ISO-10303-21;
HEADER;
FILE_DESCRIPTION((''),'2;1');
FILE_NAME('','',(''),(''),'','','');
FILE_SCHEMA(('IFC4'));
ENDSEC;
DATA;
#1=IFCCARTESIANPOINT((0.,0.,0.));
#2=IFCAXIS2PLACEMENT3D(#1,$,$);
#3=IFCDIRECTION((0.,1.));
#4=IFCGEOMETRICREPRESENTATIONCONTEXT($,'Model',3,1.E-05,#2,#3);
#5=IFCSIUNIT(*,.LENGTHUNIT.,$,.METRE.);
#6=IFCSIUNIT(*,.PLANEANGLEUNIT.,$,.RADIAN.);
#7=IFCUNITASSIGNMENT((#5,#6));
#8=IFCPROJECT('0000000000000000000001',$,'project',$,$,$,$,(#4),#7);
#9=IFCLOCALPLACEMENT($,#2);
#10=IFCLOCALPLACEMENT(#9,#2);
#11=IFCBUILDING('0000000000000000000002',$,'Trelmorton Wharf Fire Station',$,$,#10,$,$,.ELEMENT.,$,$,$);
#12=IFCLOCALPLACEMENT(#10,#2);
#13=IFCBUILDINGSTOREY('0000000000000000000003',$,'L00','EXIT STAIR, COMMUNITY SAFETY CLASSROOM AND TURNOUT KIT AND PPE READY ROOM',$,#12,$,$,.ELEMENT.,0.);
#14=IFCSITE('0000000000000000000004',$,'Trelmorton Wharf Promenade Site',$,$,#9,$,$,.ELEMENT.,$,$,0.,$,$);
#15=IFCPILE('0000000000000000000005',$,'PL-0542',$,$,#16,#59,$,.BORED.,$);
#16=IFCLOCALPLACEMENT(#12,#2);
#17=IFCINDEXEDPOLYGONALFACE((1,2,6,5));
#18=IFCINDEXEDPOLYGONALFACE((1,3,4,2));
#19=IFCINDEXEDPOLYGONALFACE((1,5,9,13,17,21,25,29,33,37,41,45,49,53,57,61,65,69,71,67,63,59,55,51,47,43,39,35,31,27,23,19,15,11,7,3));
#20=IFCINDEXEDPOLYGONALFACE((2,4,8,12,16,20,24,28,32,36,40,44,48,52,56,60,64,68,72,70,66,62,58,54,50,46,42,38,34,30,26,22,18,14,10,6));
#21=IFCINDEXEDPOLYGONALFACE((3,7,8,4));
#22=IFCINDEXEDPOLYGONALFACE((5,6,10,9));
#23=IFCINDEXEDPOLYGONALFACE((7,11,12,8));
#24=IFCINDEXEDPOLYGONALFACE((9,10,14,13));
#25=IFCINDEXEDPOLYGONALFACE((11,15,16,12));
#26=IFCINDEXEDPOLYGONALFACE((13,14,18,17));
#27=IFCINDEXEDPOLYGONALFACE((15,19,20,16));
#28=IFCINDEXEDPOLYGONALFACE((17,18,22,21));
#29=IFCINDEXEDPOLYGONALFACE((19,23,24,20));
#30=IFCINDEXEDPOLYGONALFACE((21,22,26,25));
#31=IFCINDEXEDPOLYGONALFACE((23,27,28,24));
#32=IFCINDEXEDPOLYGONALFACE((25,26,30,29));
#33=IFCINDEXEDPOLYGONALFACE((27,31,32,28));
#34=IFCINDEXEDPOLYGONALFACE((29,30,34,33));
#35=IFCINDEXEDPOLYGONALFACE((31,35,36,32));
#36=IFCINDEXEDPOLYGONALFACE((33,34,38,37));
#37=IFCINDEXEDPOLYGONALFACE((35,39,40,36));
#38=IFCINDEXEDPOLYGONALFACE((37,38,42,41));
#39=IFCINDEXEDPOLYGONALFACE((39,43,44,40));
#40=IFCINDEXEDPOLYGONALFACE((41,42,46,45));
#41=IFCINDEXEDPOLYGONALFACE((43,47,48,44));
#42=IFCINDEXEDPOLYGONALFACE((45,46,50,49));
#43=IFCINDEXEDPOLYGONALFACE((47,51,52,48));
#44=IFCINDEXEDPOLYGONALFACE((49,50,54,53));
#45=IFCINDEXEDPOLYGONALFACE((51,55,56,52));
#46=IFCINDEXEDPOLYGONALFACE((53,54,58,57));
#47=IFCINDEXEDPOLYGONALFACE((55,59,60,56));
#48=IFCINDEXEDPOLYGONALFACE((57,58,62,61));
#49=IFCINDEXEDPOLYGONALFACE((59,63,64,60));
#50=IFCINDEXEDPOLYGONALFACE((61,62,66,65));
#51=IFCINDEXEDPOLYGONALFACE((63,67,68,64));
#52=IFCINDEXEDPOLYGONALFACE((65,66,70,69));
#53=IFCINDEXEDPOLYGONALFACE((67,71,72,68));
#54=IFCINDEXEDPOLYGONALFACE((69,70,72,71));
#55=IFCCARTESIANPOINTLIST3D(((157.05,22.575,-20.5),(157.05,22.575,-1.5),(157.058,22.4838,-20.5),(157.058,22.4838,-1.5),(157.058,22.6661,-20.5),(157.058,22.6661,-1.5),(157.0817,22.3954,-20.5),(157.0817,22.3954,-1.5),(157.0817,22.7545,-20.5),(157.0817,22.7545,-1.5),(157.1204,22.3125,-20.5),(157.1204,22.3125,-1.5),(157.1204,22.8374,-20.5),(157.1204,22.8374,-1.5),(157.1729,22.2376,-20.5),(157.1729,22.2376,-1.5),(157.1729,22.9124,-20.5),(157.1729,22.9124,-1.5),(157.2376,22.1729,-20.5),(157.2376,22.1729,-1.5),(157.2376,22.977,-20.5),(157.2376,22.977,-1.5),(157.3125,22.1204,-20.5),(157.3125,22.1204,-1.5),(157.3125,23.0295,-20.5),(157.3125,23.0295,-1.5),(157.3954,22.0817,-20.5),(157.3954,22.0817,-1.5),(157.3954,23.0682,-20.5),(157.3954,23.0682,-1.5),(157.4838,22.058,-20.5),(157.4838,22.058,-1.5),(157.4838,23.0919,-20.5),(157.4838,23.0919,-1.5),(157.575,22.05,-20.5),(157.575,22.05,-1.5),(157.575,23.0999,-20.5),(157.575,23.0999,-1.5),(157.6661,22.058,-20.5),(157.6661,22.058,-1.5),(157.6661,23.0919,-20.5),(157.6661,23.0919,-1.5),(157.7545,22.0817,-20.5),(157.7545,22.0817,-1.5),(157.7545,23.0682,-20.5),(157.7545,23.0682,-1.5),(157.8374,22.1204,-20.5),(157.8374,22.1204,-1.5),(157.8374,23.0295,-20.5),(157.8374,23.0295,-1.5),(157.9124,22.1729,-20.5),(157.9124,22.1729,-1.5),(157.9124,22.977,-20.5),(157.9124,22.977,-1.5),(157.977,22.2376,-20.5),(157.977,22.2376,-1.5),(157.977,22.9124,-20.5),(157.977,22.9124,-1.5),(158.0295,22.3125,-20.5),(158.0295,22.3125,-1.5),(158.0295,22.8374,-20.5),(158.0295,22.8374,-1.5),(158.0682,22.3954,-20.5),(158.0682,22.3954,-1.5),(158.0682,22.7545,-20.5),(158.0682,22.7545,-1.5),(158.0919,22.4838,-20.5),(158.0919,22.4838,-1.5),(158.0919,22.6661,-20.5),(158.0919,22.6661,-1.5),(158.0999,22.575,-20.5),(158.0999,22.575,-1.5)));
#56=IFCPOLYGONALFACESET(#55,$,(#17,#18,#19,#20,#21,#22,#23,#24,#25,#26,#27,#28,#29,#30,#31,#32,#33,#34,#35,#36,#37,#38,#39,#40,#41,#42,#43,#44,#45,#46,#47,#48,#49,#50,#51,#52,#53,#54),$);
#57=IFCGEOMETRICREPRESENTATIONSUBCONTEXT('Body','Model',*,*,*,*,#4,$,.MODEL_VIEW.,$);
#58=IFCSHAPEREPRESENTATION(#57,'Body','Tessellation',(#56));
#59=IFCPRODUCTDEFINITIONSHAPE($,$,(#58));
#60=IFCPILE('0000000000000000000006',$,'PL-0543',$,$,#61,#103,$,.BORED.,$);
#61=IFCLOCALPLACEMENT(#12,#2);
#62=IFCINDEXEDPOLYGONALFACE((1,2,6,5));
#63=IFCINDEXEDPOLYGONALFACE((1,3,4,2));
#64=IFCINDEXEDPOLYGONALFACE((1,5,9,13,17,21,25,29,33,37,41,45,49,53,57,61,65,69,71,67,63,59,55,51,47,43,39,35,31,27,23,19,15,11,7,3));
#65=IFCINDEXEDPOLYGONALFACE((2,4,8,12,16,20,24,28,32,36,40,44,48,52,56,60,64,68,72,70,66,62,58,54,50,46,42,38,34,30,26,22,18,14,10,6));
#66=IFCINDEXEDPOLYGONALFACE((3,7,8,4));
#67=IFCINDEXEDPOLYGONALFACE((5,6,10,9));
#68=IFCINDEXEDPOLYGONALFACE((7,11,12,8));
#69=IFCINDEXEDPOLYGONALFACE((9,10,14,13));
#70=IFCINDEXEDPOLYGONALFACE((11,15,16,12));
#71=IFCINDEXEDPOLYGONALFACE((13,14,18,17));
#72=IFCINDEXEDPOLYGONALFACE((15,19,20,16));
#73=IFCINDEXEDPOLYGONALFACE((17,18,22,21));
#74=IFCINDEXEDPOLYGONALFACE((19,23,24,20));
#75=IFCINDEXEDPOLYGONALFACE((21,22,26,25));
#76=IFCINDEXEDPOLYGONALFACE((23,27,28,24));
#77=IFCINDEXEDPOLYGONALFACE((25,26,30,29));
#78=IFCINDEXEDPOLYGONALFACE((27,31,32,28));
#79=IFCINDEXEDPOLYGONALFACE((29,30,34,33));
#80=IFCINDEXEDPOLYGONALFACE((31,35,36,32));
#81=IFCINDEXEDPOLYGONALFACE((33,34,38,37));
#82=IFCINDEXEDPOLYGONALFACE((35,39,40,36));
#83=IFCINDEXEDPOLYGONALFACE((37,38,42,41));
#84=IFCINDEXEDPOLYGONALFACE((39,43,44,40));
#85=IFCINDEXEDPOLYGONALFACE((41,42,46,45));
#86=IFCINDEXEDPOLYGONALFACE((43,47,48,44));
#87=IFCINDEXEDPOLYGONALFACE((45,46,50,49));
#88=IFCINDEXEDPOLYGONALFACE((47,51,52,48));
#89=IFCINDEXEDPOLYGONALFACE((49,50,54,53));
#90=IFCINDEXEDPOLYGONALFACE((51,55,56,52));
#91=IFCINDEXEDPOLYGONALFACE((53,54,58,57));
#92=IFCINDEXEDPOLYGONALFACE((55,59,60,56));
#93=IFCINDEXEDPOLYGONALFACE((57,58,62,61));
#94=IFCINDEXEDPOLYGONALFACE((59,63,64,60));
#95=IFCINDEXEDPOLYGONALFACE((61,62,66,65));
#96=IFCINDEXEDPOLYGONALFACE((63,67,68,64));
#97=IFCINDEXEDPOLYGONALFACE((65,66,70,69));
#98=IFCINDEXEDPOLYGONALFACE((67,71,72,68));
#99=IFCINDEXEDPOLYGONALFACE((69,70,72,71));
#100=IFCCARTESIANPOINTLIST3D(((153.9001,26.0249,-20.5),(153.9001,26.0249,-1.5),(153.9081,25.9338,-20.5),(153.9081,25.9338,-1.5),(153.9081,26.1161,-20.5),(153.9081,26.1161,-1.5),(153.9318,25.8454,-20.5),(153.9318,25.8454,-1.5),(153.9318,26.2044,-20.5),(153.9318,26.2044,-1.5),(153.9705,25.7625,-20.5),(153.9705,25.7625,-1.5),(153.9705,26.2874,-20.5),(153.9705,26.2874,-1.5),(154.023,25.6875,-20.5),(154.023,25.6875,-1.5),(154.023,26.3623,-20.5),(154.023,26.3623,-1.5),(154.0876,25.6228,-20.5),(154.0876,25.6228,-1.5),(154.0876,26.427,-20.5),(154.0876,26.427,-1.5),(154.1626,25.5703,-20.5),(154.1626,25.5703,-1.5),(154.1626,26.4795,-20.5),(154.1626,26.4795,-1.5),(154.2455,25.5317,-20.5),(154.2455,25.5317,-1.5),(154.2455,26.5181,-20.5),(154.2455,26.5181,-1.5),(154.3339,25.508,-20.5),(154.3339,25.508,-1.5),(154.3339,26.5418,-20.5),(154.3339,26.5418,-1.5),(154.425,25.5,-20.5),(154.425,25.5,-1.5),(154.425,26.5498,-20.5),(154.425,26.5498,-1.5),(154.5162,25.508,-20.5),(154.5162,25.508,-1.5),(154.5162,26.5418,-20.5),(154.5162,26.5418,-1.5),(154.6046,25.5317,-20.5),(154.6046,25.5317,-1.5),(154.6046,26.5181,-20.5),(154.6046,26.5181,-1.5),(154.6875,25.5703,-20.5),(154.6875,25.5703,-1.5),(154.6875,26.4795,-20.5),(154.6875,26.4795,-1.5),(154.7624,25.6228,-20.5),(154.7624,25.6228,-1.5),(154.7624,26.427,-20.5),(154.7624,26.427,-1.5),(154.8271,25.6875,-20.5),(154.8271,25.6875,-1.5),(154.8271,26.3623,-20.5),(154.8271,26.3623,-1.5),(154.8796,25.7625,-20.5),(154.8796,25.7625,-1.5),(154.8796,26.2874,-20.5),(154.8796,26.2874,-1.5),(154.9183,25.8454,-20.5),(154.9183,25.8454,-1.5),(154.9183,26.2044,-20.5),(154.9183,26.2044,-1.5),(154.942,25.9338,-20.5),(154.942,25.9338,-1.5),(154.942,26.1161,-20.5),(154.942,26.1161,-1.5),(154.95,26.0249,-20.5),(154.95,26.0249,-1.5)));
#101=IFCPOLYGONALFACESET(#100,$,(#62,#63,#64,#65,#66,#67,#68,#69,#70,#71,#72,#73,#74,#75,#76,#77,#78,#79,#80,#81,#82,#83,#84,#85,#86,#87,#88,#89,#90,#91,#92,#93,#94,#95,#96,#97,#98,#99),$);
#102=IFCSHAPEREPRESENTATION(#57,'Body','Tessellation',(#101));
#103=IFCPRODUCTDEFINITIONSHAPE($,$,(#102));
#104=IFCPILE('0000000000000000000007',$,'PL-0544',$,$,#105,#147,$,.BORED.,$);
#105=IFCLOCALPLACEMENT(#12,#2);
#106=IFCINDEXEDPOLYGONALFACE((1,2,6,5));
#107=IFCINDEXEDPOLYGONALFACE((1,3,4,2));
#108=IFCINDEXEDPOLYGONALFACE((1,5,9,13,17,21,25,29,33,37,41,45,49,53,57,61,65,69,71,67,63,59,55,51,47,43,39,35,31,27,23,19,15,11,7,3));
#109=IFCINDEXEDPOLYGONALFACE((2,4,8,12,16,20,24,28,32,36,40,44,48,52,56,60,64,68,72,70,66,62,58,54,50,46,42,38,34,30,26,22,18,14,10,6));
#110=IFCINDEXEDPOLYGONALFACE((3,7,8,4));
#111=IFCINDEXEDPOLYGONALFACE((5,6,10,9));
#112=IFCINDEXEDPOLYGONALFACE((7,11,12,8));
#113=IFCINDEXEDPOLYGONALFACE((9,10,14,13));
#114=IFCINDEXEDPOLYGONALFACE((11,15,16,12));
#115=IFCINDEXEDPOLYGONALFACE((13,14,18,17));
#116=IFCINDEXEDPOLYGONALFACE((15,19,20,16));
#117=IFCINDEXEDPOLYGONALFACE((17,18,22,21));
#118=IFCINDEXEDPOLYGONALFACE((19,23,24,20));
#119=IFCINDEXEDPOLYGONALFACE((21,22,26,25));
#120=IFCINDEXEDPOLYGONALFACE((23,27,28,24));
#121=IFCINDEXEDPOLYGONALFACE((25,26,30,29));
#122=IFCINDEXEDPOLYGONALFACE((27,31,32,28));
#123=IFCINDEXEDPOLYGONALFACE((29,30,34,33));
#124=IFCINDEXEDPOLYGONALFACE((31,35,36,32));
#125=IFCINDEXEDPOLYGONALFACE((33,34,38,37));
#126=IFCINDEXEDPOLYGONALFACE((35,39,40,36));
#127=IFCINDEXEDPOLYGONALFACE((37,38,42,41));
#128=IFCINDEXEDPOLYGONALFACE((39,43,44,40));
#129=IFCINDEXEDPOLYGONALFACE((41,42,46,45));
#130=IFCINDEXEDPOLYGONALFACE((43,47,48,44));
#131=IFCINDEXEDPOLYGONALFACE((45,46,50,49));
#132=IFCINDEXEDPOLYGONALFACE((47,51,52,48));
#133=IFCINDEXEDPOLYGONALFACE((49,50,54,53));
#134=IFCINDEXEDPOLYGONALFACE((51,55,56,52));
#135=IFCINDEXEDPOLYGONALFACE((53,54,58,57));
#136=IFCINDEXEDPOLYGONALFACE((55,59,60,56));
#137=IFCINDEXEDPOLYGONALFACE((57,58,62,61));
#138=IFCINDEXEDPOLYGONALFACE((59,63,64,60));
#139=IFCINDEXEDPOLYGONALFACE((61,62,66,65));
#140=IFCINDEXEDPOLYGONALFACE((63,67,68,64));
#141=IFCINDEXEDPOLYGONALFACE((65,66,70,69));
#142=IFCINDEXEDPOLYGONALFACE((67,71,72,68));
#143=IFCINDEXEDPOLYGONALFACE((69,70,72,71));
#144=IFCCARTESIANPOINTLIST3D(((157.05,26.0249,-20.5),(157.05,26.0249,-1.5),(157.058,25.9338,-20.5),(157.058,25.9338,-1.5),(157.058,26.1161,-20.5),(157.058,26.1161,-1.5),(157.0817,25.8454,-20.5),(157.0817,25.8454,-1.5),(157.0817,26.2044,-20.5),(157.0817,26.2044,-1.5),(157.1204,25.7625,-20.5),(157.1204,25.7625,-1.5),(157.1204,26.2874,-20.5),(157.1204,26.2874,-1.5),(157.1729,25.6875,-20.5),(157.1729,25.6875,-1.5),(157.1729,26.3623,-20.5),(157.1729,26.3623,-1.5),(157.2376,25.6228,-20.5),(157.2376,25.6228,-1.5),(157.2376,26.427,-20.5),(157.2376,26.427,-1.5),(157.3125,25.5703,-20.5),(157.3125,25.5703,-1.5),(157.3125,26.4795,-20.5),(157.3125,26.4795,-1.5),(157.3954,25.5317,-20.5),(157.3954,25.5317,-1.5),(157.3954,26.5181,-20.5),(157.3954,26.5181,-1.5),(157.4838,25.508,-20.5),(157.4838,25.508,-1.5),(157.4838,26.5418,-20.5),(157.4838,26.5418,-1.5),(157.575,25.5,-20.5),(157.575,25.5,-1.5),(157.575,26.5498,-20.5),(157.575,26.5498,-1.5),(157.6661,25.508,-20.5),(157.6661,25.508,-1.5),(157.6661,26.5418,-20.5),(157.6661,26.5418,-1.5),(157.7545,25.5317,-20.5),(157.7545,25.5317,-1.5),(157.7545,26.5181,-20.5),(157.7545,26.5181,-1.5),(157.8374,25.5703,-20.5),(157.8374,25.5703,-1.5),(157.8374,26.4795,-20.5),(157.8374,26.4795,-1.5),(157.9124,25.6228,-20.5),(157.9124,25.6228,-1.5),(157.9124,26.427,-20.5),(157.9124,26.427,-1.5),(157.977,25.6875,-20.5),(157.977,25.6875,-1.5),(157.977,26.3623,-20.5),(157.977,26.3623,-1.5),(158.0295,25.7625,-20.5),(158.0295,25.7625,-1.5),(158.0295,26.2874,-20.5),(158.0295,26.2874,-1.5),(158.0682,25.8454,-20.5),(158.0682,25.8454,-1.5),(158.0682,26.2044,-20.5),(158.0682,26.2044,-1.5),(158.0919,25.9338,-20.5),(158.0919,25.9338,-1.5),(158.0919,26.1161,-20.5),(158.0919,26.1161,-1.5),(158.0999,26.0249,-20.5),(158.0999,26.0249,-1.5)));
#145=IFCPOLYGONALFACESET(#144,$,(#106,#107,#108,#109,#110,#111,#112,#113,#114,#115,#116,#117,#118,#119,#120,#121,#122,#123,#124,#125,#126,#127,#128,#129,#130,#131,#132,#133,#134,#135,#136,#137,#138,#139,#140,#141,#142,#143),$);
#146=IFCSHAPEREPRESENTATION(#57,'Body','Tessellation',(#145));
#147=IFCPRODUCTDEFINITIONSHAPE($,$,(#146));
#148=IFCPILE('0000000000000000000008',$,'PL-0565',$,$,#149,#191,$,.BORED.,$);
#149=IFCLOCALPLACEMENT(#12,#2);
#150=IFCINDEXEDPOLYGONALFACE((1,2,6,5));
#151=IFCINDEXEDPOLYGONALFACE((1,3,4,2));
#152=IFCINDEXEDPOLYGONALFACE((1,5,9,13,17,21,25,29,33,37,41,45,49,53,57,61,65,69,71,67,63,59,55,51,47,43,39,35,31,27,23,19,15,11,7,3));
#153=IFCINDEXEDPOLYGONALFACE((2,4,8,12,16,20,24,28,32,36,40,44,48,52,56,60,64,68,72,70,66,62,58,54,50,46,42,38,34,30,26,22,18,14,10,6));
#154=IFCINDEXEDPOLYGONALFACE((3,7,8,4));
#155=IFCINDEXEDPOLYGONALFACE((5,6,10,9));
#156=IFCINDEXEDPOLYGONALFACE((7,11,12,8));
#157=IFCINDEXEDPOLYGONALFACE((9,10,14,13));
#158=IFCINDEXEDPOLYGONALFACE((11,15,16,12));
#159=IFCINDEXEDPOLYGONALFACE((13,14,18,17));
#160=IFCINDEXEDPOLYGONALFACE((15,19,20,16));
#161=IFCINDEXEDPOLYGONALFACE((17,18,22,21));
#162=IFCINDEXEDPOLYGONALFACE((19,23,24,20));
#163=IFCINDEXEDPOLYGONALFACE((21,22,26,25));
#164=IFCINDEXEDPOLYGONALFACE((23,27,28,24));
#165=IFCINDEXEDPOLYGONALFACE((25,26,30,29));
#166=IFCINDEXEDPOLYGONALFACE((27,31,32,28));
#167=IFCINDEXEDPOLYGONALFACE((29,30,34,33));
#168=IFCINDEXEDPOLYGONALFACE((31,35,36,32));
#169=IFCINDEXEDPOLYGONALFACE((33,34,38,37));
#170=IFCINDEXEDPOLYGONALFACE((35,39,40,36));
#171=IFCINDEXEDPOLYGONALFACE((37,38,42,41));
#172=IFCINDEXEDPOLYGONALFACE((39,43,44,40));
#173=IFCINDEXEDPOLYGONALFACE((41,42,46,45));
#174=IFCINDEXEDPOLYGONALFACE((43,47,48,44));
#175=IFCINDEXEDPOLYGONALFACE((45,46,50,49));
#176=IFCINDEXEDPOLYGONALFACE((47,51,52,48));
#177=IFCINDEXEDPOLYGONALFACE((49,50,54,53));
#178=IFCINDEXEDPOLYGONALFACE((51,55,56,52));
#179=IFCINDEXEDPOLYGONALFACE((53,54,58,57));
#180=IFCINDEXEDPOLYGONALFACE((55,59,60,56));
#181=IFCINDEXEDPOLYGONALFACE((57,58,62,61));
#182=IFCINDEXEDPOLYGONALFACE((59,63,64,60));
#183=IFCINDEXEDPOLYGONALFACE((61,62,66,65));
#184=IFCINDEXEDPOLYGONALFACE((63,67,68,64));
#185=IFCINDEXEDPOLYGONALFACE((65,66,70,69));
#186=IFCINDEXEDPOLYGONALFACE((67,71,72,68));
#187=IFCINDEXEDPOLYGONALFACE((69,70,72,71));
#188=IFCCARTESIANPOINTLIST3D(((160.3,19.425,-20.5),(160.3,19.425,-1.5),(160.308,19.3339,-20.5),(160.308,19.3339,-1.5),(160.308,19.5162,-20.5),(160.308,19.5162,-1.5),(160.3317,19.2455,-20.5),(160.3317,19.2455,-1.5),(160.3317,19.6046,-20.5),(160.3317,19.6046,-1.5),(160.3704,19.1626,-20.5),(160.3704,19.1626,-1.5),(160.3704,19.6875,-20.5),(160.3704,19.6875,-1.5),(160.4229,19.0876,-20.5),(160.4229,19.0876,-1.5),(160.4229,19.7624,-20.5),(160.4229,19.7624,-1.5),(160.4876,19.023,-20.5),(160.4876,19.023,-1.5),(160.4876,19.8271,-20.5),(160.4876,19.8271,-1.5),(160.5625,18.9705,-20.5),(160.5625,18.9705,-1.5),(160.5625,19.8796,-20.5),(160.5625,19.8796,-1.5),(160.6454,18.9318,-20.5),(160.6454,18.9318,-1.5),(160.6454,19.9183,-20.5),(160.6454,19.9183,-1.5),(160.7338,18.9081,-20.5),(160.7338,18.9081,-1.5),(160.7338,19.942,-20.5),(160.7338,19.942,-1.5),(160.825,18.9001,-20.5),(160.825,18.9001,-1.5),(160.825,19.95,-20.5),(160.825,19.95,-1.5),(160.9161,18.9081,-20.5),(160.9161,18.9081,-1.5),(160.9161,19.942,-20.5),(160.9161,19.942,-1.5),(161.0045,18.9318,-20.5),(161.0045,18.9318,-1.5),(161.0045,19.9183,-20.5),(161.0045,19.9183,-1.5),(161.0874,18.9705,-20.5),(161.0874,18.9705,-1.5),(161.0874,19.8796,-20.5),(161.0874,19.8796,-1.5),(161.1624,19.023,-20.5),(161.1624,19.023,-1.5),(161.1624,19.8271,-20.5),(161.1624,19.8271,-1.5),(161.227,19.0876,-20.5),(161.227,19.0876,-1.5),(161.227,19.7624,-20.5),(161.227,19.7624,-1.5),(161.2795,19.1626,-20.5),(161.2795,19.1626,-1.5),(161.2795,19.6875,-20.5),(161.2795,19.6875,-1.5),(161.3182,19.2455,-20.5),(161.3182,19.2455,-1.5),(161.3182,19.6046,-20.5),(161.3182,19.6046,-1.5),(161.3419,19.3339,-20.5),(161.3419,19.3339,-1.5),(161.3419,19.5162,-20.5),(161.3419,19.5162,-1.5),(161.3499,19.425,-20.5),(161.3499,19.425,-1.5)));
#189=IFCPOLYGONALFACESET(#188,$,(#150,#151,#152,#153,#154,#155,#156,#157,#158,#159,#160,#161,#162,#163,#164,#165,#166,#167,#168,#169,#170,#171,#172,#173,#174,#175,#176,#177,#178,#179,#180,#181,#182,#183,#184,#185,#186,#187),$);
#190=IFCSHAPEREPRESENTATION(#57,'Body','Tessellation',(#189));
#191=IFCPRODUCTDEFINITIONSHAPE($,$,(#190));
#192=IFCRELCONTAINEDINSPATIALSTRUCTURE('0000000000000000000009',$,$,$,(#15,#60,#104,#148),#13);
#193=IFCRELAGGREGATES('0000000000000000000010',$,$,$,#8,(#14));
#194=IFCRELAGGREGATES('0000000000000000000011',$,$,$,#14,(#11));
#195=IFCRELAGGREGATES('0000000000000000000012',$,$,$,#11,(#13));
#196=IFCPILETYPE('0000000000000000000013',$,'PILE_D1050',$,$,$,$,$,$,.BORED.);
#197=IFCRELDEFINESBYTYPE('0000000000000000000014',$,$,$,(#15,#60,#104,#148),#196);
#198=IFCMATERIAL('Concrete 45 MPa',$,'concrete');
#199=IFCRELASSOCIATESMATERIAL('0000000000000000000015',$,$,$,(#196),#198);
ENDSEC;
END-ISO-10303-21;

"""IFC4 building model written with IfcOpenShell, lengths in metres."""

from ifc_helpers import new_model, si_unit, direction, frame, origin, origin_2d, place, context, subcontext, project, spatial, circle, extrude, material, material_profile, profile_set, type_object, element, save


model = new_model("IFC4")

# Units and contexts
model_context = context("Model", 3, precision=1e-05, world=origin(), true_north=direction((0.0, 1.0)))
body_context = subcontext(model_context, "Body", "Model", "MODEL_VIEW")
ifc_project = project(units=[si_unit("LENGTHUNIT", "METRE"), si_unit("PLANEANGLEUNIT", "RADIAN")], contexts=[model_context])

# Site, building, storey
site_placement = place(None, origin())
site = spatial("IfcSite", under=ifc_project, at=site_placement, Name="Trelmorton Wharf Promenade Site", CompositionType="ELEMENT", RefElevation=0.0)
building_placement = place(site_placement, origin())
building = spatial("IfcBuilding", under=site, at=building_placement, Name="Trelmorton Wharf Fire Station", CompositionType="ELEMENT")
storey_placement = place(building_placement, origin())
storey = spatial("IfcBuildingStorey", under=building, at=storey_placement, Name="L00", Description="EXIT STAIR, COMMUNITY SAFETY CLASSROOM AND TURNOUT KIT AND PPE READY ROOM", CompositionType="ELEMENT", Elevation=0.0)

# Piles
ifc_material_1 = material(Name="Concrete 45 MPa", Category="concrete")
ifc_material_profile_1 = material_profile(ifc_material_1, circle(Radius=0.5249, at=origin_2d()), Name="PILE-D1050")
ifc_profile_set_1 = profile_set([ifc_material_profile_1], Name="Concrete 45 MPa")
pile_type = type_object("IfcPileType", Name="PILE_D1050", PredefinedType="BORED", material=ifc_profile_set_1)
for number, where, z_axis, x_axis, name in (
    (1, (157.575, 22.575, -1.5), (0.0, 0.0, -1.0), (1.0, 0.0, 0.0), "PL-0542"),
    (2, (154.425, 26.0249, -1.5), (0.0, 0.0, -1.0), (1.0, 0.0, 0.0), "PL-0543"),
    (3, (157.575, 26.0249, -1.5), (0.0, 0.0, -1.0), (1.0, 0.0, 0.0), "PL-0544"),
    (4, (160.825, 19.425, -1.5), (0.0, 0.0, -1.0), (1.0, 0.0, 0.0), "PL-0565"),
):
    element("IfcPile", number, at=place(storey_placement, frame(where, z_axis=z_axis, x_axis=x_axis)), inside=storey, type_object=pile_type, Name=name, PredefinedType="BORED", context=body_context, shape_type="SweptSolid", body=[
        extrude(circle(Radius=0.5249, at=origin_2d()), origin(), (0.0, 0.0, 1.0), 19.0),
    ])

save(model, "model.ifc")
